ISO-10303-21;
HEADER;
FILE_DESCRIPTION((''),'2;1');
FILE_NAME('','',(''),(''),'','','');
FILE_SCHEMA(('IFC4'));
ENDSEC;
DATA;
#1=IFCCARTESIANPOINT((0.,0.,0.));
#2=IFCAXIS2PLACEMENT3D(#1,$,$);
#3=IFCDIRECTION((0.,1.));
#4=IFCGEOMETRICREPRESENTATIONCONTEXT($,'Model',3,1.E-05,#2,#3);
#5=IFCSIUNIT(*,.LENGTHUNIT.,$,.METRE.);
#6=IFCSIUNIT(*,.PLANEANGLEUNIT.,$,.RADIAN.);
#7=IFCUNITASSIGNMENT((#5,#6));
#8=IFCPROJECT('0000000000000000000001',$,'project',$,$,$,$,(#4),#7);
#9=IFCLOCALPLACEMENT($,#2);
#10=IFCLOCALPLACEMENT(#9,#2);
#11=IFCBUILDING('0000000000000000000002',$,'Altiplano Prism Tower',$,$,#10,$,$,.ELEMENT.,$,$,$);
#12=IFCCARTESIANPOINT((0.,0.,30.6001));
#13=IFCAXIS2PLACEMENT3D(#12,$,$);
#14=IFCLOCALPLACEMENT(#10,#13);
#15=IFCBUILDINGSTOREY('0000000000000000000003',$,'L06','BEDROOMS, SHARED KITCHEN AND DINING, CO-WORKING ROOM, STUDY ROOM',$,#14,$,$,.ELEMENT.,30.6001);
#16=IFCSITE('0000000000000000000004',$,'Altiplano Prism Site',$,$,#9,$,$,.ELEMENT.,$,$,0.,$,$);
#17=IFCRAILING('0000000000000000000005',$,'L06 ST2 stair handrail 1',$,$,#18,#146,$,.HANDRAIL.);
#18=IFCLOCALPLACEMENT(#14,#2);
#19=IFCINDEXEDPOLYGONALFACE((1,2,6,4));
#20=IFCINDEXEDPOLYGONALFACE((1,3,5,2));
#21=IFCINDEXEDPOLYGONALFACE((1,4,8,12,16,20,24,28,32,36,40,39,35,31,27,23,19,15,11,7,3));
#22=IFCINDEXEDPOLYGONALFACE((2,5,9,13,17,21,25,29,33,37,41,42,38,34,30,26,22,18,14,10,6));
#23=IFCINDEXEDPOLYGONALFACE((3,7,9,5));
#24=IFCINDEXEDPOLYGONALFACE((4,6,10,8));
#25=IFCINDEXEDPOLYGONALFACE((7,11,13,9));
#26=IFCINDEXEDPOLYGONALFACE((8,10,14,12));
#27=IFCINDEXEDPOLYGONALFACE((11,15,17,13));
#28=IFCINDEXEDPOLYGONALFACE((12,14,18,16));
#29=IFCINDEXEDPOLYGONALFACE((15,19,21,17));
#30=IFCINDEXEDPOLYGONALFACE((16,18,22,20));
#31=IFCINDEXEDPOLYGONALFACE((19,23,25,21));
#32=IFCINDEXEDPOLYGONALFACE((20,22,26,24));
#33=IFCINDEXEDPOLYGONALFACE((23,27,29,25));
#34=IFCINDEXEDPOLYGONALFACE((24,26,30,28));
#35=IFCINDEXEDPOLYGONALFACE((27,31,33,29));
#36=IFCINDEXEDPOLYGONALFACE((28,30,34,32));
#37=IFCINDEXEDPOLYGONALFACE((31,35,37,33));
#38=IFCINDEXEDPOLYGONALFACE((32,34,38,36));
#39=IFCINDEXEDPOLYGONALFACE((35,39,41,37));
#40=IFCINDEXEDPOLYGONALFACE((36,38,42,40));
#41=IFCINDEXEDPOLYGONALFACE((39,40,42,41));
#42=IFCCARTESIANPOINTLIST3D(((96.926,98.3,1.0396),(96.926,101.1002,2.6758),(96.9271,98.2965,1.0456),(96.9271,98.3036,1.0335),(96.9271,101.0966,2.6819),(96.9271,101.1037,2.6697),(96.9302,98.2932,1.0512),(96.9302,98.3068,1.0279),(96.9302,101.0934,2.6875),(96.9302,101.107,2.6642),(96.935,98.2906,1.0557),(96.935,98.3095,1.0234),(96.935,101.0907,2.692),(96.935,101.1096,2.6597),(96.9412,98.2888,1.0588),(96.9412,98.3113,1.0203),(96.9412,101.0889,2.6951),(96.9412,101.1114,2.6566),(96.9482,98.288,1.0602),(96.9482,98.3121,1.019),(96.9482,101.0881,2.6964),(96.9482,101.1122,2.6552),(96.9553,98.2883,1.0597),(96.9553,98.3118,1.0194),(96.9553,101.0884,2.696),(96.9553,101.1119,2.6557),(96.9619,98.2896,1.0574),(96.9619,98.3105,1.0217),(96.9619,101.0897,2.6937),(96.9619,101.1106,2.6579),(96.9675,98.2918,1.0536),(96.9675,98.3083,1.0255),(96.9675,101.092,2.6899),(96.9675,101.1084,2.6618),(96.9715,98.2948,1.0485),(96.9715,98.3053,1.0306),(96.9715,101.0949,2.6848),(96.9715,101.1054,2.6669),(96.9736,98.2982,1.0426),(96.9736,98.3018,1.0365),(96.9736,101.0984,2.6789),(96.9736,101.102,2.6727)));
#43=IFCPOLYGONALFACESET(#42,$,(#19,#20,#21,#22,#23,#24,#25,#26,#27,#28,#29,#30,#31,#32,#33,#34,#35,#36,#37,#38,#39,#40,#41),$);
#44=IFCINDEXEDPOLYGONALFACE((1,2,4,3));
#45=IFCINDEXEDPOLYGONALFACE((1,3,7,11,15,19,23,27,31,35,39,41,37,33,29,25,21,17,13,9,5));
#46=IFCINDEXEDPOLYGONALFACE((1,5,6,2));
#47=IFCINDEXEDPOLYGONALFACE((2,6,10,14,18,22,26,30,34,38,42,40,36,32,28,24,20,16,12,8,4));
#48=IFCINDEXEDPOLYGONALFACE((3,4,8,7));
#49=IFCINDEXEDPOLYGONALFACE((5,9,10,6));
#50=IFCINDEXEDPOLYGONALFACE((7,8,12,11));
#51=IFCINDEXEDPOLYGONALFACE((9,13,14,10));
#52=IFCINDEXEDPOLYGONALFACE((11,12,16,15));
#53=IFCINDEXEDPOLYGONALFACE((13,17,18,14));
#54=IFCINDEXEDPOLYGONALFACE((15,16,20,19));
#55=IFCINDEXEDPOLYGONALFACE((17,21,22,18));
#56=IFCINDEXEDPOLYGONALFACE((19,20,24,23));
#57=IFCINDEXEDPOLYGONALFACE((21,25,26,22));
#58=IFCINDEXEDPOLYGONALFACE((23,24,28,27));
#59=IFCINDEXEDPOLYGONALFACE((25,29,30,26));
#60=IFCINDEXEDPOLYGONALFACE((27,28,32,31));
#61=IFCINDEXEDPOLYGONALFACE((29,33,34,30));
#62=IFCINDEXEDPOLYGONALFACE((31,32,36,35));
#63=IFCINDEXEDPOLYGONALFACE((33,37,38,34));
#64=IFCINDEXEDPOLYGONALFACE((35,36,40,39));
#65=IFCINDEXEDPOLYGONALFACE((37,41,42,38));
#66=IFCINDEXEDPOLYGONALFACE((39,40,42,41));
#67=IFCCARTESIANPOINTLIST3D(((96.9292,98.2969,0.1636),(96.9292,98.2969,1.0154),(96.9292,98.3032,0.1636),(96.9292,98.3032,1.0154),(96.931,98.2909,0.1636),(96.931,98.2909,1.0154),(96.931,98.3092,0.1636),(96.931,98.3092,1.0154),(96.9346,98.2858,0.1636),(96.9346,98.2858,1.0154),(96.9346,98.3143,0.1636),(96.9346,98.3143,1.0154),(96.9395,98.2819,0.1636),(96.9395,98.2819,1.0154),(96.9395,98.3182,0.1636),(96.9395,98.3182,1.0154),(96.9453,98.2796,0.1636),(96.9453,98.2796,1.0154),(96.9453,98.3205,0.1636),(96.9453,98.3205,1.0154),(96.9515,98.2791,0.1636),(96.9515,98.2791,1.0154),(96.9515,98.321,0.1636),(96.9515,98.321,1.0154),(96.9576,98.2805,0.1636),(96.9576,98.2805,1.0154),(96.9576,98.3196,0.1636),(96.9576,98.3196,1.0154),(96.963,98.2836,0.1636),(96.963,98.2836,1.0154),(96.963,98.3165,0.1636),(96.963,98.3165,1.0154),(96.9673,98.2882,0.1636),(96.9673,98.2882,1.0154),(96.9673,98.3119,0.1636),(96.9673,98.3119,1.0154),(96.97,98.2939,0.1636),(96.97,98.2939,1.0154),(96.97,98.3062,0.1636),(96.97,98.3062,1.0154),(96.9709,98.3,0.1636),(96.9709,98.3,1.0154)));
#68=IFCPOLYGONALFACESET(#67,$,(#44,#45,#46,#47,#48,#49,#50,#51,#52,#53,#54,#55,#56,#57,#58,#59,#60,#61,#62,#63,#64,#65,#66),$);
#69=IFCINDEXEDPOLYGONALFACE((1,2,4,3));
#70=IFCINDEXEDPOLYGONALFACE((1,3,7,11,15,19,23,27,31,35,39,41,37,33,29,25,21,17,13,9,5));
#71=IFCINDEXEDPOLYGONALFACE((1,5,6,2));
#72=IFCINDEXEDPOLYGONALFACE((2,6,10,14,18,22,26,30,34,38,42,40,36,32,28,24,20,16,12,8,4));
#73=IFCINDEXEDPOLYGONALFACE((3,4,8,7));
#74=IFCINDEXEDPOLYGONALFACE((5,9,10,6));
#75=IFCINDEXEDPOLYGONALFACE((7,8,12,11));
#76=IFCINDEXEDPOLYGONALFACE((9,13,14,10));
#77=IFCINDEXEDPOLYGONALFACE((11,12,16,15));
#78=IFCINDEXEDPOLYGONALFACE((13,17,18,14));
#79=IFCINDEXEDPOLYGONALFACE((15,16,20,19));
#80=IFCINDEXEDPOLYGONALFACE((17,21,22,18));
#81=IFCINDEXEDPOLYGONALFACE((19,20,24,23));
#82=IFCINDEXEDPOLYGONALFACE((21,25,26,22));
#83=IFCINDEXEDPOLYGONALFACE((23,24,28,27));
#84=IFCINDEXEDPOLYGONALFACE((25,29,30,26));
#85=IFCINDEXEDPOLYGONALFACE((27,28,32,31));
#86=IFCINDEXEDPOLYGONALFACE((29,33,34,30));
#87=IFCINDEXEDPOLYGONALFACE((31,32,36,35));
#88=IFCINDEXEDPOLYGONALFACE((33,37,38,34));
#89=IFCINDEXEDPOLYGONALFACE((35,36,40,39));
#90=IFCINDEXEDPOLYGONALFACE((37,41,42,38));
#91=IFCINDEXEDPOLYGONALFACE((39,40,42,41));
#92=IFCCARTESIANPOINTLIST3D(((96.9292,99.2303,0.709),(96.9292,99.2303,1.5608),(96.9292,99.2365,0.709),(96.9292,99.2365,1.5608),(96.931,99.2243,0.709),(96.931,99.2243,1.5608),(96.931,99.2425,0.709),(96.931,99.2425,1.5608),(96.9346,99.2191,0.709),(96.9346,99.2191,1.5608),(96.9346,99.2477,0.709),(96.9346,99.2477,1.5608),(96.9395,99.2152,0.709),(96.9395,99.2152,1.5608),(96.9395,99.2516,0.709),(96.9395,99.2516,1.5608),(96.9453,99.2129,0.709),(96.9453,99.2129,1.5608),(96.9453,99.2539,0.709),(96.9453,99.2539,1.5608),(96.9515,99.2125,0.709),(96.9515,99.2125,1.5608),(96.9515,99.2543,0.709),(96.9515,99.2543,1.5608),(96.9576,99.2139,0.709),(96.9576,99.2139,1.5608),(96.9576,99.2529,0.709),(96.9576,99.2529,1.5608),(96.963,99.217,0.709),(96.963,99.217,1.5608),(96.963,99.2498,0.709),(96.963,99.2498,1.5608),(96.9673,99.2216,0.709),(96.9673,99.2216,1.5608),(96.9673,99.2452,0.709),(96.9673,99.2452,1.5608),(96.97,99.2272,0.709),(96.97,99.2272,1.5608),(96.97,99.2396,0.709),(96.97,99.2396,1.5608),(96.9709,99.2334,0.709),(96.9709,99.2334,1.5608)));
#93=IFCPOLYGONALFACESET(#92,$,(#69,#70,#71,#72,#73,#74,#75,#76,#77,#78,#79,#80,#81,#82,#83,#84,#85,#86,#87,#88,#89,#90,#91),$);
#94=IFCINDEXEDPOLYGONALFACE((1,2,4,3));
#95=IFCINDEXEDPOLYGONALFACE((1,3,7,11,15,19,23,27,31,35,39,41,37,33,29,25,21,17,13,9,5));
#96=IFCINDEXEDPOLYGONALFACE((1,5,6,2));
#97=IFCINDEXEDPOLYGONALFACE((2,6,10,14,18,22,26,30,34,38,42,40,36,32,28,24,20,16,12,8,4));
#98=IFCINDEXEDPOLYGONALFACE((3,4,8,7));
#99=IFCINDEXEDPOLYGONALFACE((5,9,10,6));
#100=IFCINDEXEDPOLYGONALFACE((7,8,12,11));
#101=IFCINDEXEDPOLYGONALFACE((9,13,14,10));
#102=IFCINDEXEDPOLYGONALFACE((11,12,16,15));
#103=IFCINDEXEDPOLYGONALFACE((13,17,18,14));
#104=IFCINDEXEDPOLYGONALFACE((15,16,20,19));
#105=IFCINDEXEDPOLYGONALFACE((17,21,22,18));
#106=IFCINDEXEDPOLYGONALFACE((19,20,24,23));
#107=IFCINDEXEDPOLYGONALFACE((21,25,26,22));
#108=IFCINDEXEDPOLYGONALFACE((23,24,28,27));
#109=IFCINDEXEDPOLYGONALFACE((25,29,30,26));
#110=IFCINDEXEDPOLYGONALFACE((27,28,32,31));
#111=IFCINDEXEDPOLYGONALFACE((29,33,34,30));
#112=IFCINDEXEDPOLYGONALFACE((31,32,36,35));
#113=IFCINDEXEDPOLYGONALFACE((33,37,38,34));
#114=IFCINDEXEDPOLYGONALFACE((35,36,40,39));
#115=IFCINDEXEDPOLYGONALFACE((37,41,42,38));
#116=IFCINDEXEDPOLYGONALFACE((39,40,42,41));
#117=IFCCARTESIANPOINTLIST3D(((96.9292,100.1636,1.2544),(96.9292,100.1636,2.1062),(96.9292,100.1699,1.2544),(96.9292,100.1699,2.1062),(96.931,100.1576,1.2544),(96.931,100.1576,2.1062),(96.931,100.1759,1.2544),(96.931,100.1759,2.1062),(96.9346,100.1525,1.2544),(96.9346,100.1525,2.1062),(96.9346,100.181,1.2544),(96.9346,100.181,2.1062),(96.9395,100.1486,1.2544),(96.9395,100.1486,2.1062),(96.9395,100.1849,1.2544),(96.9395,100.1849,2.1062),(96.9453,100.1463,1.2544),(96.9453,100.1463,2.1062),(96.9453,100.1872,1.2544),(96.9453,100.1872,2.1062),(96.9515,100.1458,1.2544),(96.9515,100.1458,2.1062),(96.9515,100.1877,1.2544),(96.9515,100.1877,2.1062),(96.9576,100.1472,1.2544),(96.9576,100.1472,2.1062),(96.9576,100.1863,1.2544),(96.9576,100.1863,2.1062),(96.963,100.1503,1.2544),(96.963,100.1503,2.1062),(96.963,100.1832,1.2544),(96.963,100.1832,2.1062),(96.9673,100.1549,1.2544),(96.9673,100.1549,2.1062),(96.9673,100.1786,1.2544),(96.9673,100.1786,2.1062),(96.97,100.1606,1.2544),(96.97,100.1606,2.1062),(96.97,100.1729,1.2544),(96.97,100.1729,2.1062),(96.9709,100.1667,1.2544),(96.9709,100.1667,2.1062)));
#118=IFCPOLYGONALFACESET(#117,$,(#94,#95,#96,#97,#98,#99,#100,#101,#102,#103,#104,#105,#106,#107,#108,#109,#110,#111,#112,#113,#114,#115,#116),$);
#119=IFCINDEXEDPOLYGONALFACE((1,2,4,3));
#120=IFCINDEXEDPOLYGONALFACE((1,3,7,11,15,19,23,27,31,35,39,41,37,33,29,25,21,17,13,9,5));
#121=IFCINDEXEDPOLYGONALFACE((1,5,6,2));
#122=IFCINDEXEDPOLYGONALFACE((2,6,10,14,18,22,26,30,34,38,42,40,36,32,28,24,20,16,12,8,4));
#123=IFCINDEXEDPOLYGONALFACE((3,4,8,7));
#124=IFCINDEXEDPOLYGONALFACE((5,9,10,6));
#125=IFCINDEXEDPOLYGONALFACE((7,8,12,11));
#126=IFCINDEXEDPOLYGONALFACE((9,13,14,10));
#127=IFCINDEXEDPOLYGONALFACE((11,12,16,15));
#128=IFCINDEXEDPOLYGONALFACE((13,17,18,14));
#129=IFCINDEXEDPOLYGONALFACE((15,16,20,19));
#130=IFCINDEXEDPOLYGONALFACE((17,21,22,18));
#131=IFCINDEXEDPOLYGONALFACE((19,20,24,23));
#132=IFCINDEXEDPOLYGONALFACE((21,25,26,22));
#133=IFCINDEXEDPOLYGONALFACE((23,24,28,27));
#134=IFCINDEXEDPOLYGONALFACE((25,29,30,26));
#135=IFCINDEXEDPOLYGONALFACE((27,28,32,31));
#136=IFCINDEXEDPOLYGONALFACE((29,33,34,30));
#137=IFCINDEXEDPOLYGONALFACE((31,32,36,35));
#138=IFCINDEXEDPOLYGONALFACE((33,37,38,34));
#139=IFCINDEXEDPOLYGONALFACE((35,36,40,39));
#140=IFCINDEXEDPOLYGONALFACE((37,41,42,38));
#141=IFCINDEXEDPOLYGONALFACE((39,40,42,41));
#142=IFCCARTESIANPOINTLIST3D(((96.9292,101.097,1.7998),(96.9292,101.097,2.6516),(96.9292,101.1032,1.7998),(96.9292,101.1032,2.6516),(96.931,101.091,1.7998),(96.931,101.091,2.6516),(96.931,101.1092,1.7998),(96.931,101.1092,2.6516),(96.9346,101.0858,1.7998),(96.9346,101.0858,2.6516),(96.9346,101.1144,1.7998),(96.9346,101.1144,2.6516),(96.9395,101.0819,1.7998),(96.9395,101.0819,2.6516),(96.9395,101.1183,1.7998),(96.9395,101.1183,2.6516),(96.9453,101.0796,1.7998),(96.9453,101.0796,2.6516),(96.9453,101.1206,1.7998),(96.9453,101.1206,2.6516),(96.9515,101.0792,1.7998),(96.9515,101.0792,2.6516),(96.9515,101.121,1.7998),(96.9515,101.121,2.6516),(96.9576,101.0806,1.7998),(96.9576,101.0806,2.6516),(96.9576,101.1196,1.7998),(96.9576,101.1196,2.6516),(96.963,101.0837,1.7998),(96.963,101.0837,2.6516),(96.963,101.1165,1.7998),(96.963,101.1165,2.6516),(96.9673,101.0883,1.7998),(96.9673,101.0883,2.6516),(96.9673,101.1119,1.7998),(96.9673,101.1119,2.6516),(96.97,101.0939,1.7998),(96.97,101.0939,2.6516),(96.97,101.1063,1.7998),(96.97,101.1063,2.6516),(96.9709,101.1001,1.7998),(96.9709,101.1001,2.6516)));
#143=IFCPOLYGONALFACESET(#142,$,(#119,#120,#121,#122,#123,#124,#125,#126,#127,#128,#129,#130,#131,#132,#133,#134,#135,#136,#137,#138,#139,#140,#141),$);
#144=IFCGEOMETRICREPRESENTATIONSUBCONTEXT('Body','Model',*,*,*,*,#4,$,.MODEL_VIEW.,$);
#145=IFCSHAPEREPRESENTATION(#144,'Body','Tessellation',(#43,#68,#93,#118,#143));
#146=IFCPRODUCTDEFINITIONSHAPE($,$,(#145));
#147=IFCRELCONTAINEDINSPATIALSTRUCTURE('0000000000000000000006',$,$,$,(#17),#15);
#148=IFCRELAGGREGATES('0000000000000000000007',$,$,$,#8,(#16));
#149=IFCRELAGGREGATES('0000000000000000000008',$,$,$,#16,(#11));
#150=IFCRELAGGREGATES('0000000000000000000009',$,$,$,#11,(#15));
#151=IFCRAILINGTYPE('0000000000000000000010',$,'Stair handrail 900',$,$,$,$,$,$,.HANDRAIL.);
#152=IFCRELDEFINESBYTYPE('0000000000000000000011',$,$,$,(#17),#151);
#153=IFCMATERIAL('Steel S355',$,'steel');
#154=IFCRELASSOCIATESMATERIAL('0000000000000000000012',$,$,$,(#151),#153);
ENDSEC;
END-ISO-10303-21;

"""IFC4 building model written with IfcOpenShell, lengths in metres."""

from ifc_helpers import new_model, si_unit, direction, frame, origin, origin_2d, place, context, subcontext, project, spatial, circle, extrude, material, type_object, element, save


model = new_model("IFC4")

# Units and contexts
model_context = context("Model", 3, precision=1e-05, world=origin(), true_north=direction((0.0, 1.0)))
body_context = subcontext(model_context, "Body", "Model", "MODEL_VIEW")
ifc_project = project(units=[si_unit("LENGTHUNIT", "METRE"), si_unit("PLANEANGLEUNIT", "RADIAN")], contexts=[model_context])

# Site, building, storey
site_placement = place(None, origin())
site = spatial("IfcSite", under=ifc_project, at=site_placement, Name="Altiplano Prism Site", CompositionType="ELEMENT", RefElevation=0.0)
building_placement = place(site_placement, origin())
building = spatial("IfcBuilding", under=site, at=building_placement, Name="Altiplano Prism Tower", CompositionType="ELEMENT")
storey_placement = place(building_placement, frame((0.0, 0.0, 30.6001)))
storey = spatial("IfcBuildingStorey", under=building, at=storey_placement, Name="L06", Description="BEDROOMS, SHARED KITCHEN AND DINING, CO-WORKING ROOM, STUDY ROOM", CompositionType="ELEMENT", Elevation=30.6001)

# Railing
ifc_material_1 = material(Name="Steel S355", Category="steel")
railing_type = type_object("IfcRailingType", Name="Stair handrail 900", PredefinedType="HANDRAIL", material=ifc_material_1)
railing_placement = place(storey_placement, frame((96.95, 98.3, 0.1636)))
element("IfcRailing", 1, at=railing_placement, inside=storey, type_object=railing_type, Name="L06 ST2 stair handrail 1", PredefinedType="HANDRAIL", context=body_context, shape_type="SweptSolid", body=[
    extrude(circle(Radius=0.0239, at=origin_2d()), frame((0.0, 0.0, 0.876), z_axis=(0.0, 0.863394, 0.504531), x_axis=(-1.0, 0.0, 0.0)), (0.0, 0.0, 1.0), 3.2432),
    extrude(circle(Radius=0.021, at=origin_2d()), origin(), (0.0, 0.0, 1.0), 0.8518),
    extrude(circle(Radius=0.021, at=origin_2d()), frame((0.0, 0.9333, 0.5454)), (0.0, 0.0, 1.0), 0.8518),
    extrude(circle(Radius=0.021, at=origin_2d()), frame((0.0, 1.8667, 1.0908)), (0.0, 0.0, 1.0), 0.8518),
    extrude(circle(Radius=0.021, at=origin_2d()), frame((0.0, 2.8, 1.6362)), (0.0, 0.0, 1.0), 0.8518),
])

save(model, "model.ifc")
